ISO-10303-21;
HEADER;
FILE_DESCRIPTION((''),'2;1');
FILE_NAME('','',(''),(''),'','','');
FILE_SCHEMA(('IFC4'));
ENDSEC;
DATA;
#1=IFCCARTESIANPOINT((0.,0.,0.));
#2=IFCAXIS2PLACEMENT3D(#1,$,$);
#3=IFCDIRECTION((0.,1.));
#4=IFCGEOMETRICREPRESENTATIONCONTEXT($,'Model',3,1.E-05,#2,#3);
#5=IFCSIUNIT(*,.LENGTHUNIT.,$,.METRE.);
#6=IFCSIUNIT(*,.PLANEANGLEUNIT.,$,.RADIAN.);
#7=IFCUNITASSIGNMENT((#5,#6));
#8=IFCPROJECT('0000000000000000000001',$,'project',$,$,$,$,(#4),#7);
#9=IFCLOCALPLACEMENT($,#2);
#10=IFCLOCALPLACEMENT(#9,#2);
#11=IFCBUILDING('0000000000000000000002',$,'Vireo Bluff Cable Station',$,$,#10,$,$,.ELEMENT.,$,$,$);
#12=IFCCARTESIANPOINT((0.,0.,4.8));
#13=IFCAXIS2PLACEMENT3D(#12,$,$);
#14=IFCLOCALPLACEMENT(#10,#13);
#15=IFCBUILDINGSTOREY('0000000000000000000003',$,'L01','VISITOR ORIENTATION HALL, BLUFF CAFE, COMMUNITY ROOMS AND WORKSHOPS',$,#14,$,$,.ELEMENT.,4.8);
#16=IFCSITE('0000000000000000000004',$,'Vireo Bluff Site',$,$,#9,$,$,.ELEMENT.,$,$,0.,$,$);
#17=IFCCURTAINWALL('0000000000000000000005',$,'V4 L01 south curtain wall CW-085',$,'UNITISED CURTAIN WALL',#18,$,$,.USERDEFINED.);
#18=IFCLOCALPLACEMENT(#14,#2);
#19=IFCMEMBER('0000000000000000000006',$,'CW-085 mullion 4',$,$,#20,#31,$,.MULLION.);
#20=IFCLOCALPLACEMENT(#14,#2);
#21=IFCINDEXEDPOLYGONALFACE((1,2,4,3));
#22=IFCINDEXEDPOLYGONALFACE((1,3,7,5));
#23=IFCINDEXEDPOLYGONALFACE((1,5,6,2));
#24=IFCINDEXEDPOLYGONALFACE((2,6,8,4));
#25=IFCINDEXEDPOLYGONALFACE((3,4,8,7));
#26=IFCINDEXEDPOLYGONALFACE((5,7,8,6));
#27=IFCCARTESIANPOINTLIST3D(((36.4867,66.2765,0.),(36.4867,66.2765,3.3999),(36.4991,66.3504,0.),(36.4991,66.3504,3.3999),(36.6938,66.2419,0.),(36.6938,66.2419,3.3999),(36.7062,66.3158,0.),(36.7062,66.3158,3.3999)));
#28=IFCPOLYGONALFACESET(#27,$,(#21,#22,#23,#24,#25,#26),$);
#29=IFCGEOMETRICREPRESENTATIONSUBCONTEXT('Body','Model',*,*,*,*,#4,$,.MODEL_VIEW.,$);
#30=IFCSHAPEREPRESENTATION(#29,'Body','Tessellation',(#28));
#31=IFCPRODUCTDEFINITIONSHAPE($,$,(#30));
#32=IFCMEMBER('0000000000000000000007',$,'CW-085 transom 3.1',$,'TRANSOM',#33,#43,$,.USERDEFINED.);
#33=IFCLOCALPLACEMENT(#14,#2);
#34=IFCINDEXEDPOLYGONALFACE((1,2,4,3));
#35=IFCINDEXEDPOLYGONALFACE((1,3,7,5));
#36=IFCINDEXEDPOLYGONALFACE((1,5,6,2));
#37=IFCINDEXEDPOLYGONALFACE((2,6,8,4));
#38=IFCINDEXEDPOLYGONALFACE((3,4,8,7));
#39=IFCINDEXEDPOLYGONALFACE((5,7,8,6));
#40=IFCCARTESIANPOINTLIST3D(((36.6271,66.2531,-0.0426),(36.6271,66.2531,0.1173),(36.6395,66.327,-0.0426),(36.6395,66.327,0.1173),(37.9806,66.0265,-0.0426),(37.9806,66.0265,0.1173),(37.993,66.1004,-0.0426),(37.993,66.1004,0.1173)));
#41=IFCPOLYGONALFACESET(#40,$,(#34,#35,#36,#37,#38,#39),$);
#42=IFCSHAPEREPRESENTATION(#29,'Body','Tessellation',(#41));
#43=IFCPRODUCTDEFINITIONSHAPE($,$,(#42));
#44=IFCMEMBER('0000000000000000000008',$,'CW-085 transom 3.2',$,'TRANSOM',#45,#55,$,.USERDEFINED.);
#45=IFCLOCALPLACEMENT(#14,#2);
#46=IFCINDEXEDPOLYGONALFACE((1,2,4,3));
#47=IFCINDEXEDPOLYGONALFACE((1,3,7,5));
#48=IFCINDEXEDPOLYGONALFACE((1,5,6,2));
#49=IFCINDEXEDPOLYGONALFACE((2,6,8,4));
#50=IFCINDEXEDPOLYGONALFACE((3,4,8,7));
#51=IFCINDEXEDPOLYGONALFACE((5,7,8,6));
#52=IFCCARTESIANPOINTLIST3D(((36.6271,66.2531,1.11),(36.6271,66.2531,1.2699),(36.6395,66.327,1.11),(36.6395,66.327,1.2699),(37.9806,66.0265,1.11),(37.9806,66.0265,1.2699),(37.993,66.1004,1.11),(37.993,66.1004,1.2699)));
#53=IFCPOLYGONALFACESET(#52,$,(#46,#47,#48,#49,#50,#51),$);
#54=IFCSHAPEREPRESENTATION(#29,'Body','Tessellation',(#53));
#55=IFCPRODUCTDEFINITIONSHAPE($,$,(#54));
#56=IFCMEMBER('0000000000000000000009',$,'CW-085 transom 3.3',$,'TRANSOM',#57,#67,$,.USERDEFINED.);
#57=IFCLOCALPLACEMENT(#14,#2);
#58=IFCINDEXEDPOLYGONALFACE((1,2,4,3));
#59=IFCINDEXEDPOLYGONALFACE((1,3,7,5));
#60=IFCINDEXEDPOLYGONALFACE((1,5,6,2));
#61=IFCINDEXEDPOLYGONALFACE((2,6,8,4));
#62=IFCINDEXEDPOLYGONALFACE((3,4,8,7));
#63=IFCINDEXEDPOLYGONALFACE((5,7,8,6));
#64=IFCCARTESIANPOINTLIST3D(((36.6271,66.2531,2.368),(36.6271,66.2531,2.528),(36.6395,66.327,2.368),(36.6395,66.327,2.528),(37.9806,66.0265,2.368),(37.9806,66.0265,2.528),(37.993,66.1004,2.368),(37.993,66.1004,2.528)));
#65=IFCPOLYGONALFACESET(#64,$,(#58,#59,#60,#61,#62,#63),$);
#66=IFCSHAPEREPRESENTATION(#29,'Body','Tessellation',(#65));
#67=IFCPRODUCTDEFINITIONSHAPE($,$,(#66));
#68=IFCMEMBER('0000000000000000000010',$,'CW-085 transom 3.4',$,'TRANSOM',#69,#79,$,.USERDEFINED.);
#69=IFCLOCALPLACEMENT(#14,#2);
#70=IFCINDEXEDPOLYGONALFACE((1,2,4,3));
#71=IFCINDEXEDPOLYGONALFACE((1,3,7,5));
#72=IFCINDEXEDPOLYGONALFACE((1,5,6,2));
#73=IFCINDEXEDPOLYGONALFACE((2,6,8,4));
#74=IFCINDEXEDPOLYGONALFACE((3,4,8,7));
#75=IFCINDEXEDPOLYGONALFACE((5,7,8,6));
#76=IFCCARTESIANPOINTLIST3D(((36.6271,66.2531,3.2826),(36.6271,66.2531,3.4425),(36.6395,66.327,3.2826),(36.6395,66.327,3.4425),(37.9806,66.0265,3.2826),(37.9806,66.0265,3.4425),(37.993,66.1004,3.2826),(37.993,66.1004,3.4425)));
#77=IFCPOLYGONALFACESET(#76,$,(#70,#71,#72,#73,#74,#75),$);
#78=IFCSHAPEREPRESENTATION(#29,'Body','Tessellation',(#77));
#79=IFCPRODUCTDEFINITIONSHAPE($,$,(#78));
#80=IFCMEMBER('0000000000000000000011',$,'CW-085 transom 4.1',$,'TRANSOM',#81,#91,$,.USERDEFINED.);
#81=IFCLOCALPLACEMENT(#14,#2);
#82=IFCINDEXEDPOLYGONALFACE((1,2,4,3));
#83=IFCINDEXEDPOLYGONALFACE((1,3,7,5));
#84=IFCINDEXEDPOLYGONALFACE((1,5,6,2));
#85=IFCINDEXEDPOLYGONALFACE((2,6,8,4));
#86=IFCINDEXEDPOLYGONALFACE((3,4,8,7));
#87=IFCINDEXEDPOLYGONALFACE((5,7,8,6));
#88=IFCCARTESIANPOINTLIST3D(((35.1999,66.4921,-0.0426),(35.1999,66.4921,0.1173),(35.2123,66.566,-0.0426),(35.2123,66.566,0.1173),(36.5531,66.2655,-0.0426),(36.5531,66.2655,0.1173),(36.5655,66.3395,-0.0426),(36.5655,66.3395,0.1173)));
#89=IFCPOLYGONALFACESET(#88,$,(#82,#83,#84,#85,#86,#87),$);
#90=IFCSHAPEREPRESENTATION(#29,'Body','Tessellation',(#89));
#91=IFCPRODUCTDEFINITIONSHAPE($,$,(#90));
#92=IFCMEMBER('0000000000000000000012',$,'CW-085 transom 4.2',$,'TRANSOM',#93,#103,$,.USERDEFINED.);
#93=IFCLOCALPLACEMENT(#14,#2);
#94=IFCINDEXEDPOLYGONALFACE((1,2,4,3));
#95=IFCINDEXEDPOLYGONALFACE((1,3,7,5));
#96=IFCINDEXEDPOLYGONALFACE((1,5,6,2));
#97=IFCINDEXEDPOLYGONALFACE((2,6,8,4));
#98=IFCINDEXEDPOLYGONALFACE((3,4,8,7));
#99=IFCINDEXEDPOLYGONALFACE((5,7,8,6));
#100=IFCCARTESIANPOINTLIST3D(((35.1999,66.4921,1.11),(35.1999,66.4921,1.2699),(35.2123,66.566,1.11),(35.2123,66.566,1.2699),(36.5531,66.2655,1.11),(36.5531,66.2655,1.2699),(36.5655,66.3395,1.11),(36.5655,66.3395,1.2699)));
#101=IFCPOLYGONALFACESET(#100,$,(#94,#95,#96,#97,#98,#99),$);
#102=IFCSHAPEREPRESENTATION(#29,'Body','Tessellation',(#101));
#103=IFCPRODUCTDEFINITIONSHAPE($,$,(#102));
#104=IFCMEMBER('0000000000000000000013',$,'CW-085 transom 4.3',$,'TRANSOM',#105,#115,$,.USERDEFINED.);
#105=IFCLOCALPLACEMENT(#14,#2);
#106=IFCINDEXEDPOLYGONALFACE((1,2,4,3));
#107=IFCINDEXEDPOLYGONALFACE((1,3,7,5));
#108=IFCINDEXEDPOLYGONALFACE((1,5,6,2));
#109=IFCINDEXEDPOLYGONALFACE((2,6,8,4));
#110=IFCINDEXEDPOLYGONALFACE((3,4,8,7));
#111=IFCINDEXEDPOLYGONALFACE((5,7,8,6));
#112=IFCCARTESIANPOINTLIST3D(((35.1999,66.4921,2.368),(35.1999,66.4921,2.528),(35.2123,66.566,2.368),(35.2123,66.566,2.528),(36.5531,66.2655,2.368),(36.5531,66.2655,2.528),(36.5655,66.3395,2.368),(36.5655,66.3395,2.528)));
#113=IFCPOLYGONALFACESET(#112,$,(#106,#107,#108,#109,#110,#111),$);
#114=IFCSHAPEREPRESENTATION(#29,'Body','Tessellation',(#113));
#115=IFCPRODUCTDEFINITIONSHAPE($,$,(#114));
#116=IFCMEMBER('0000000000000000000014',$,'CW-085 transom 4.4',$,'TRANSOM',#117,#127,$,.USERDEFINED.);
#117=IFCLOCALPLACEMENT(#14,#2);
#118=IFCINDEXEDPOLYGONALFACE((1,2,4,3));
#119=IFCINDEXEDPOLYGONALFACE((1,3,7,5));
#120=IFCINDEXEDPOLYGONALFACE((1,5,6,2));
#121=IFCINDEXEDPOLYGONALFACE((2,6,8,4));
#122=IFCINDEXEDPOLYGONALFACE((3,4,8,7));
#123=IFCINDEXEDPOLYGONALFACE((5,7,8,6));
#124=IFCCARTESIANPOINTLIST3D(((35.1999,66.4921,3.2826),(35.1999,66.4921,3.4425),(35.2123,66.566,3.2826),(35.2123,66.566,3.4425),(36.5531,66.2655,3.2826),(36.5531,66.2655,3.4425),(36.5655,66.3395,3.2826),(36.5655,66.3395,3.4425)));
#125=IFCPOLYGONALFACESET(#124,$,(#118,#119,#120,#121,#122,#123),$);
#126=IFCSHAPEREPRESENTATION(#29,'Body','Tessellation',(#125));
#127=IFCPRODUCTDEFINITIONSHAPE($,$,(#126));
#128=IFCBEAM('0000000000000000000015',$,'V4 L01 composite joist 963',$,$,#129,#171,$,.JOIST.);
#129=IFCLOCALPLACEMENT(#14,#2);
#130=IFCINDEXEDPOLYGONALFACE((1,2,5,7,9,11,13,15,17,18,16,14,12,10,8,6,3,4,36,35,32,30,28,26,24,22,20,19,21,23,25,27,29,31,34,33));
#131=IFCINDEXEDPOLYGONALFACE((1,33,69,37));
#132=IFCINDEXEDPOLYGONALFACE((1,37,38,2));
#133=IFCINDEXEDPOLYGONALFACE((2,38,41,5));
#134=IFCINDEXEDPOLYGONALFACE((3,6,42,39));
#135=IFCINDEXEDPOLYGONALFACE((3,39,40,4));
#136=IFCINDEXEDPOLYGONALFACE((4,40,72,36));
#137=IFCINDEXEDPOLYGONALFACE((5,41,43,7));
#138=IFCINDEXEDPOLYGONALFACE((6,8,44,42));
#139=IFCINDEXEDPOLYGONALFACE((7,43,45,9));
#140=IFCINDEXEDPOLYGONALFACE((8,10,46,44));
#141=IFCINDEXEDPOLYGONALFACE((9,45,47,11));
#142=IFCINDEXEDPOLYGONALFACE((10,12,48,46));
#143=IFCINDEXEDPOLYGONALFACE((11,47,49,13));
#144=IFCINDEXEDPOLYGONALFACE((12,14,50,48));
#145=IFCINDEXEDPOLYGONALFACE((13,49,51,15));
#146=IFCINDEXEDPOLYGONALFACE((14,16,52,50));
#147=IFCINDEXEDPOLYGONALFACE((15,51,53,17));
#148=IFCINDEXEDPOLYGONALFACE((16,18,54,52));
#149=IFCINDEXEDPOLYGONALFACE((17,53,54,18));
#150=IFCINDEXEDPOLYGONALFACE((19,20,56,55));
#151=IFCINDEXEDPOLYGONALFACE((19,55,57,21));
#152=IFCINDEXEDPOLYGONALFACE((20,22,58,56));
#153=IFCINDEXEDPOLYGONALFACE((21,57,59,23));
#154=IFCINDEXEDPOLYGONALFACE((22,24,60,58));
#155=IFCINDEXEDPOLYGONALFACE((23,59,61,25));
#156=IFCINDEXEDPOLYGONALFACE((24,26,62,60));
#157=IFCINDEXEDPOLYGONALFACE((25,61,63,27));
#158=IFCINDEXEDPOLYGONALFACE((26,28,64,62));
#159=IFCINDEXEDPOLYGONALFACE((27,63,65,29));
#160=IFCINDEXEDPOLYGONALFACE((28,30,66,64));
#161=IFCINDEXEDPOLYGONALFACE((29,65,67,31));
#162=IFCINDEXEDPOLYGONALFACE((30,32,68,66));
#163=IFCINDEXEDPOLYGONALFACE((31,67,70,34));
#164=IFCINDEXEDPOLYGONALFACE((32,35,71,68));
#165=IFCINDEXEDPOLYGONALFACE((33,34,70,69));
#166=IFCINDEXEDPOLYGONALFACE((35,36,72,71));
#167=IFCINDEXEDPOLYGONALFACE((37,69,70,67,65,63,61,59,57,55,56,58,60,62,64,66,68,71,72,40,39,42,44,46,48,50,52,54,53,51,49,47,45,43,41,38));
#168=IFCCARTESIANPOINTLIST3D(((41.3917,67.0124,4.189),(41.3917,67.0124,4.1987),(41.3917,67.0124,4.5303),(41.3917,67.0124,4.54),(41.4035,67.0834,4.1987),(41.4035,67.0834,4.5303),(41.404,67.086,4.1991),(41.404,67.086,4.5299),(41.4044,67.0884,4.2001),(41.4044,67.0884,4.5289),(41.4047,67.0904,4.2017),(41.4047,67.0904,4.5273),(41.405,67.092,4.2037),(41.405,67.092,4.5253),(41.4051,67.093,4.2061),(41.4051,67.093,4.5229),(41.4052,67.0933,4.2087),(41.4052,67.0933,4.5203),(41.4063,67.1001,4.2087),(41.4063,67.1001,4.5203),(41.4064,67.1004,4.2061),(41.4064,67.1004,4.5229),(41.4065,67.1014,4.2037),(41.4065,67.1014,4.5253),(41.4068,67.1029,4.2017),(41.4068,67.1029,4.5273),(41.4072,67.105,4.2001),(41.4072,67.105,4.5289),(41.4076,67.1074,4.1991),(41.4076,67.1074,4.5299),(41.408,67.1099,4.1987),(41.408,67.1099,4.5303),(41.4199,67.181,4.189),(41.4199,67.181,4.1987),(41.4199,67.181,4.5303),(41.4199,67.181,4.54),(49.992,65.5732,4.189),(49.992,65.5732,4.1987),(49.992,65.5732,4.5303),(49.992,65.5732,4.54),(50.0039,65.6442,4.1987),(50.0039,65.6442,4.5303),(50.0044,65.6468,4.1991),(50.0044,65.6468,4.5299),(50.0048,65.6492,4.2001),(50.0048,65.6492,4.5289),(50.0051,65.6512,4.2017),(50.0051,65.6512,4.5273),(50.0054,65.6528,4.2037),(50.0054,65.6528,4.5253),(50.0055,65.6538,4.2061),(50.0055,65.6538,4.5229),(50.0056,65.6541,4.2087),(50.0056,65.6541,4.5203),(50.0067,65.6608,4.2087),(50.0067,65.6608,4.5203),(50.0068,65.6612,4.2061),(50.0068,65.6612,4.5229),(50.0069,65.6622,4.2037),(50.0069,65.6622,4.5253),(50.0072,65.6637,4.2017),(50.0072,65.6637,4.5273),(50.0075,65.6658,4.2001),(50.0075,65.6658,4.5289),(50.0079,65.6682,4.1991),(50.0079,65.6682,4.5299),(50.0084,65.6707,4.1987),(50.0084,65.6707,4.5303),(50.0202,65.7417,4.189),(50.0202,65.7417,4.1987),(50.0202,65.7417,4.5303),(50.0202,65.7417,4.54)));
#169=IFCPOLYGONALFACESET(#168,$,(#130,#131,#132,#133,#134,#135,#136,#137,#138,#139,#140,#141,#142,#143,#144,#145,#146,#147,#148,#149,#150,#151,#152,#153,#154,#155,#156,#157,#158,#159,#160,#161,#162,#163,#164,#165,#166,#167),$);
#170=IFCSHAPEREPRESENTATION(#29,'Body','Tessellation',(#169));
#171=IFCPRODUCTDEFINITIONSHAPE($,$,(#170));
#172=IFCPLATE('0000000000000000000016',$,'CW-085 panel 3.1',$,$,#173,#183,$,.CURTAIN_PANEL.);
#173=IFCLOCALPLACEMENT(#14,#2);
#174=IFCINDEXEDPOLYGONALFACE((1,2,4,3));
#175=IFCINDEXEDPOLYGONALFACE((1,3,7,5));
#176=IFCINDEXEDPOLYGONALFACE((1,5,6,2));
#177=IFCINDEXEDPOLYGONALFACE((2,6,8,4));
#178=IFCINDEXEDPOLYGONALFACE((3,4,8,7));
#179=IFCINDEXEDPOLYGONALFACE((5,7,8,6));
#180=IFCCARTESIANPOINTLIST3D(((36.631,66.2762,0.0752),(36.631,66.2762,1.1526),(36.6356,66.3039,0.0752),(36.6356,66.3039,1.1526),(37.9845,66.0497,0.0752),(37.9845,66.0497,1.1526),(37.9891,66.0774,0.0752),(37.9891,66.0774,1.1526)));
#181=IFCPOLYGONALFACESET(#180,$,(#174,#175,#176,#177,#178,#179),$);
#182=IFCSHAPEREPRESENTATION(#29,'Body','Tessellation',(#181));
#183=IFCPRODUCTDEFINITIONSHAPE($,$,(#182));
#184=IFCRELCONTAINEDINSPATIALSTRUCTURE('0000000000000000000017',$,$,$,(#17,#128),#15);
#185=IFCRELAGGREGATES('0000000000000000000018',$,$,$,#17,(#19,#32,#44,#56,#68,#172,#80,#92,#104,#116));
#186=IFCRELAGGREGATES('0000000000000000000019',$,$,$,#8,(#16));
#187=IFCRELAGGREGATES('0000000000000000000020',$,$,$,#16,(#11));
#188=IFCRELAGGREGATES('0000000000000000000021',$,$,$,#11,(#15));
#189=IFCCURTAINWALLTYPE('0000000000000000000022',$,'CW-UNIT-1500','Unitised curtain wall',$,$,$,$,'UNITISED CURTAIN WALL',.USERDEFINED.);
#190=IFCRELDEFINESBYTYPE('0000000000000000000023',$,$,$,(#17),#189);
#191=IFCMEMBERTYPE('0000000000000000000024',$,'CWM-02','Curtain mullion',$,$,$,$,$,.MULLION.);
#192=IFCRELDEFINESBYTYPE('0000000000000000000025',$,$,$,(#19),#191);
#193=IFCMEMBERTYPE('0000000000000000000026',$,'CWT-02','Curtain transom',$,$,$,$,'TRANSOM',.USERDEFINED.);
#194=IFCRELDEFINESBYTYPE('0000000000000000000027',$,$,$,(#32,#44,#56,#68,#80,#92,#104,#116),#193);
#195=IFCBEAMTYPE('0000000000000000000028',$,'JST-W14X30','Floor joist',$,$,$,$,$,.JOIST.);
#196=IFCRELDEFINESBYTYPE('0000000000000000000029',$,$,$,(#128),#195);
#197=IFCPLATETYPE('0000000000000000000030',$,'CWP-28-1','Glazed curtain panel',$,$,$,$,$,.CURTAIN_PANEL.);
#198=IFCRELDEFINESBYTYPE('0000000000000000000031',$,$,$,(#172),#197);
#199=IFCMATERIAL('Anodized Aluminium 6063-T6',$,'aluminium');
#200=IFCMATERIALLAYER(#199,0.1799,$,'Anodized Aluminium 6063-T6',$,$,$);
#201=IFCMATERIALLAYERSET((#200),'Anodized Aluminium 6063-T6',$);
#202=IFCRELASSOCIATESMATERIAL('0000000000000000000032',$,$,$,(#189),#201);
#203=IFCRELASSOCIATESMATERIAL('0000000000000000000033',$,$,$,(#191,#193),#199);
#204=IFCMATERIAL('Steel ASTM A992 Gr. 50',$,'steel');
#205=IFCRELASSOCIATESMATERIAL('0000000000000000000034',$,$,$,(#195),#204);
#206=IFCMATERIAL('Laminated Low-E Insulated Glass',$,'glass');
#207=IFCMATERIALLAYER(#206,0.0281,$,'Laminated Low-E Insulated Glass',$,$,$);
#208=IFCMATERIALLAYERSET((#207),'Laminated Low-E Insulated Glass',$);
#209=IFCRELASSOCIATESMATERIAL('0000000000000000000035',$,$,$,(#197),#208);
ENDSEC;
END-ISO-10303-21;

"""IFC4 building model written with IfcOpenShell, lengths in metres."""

from ifc_helpers import new_model, si_unit, direction, frame, origin, origin_2d, place, context, subcontext, project, spatial, rectangle, i_section, extrude, material, layer, layer_set, material_profile, profile_set, type_object, element, aggregate, save


model = new_model("IFC4")

# Units and contexts
model_context = context("Model", 3, precision=1e-05, world=origin(), true_north=direction((0.0, 1.0)))
body_context = subcontext(model_context, "Body", "Model", "MODEL_VIEW")
ifc_project = project(units=[si_unit("LENGTHUNIT", "METRE"), si_unit("PLANEANGLEUNIT", "RADIAN")], contexts=[model_context])

# Site, building, storey
site_placement = place(None, origin())
site = spatial("IfcSite", under=ifc_project, at=site_placement, Name="Vireo Bluff Site", CompositionType="ELEMENT", RefElevation=0.0)
building_placement = place(site_placement, origin())
building = spatial("IfcBuilding", under=site, at=building_placement, Name="Vireo Bluff Cable Station", CompositionType="ELEMENT")
storey_placement = place(building_placement, frame((0.0, 0.0, 4.8)))
storey = spatial("IfcBuildingStorey", under=building, at=storey_placement, Name="L01", Description="VISITOR ORIENTATION HALL, BLUFF CAFE, COMMUNITY ROOMS AND WORKSHOPS", CompositionType="ELEMENT", Elevation=4.8)

# Shared definitions
ifc_material_1 = material(Name="Steel ASTM A992 Gr. 50", Category="steel")

# Curtain wall, members
ifc_material_2 = material(Name="Anodized Aluminium 6063-T6", Category="aluminium")
ifc_layer_1 = layer(ifc_material_2, 0.1799, Name="Anodized Aluminium 6063-T6")
ifc_layer_set_1 = layer_set([ifc_layer_1], Name="Anodized Aluminium 6063-T6")
curtain_wall_type = type_object("IfcCurtainWallType", Name="CW-UNIT-1500", Description="Unitised curtain wall", ElementType="UNITISED CURTAIN WALL", PredefinedType="USERDEFINED", material=ifc_layer_set_1)
curtain_wall_placement = place(storey_placement, origin())
curtain_wall = element("IfcCurtainWall", 1, at=curtain_wall_placement, inside=storey, type_object=curtain_wall_type, Name="V4 L01 south curtain wall CW-085", ObjectType="UNITISED CURTAIN WALL", PredefinedType="USERDEFINED")
ifc_material_profile_1 = material_profile(ifc_material_2, rectangle(XDim=0.075, YDim=0.21, at=origin_2d()), Name="ALU-M-75X210")
ifc_profile_set_1 = profile_set([ifc_material_profile_1], Name="Anodized Aluminium 6063-T6")
member_type_1 = type_object("IfcMemberType", Name="CWM-02", Description="Curtain mullion", PredefinedType="MULLION", material=ifc_profile_set_1)
member_1_placement = place(storey_placement, frame((36.5964, 66.2961, 0.0), z_axis=(0.0, 0.0, 1.0), x_axis=(-0.165048, -0.986286, 0.0)))
member_1 = element("IfcMember", 2, at=member_1_placement, type_object=member_type_1, Name="CW-085 mullion 4", PredefinedType="MULLION", context=body_context, shape_type="SweptSolid", body=[
    extrude(rectangle(XDim=0.075, YDim=0.21, at=origin_2d()), origin(), (0.0, 0.0, 1.0), 3.3999),
])
ifc_material_profile_2 = material_profile(ifc_material_2, rectangle(XDim=0.075, YDim=0.1599, at=origin_2d()), Name="ALU-T-75X160")
ifc_profile_set_2 = profile_set([ifc_material_profile_2], Name="Anodized Aluminium 6063-T6")
member_type_2 = type_object("IfcMemberType", Name="CWT-02", Description="Curtain transom", ElementType="TRANSOM", PredefinedType="USERDEFINED", material=ifc_profile_set_2)
member_2_placement = place(storey_placement, frame((37.9868, 66.0635, 0.0374), z_axis=(-0.986278, 0.165091, 0.0), x_axis=(-0.165091, -0.986278, 0.0)))
member_2 = element("IfcMember", 3, at=member_2_placement, type_object=member_type_2, Name="CW-085 transom 3.1", ObjectType="TRANSOM", PredefinedType="USERDEFINED", context=body_context, shape_type="SweptSolid", body=[
    extrude(rectangle(XDim=0.075, YDim=0.1599, at=origin_2d()), origin(), (0.0, 0.0, 1.0), 1.3723),
])
member_3_placement = place(storey_placement, frame((37.9868, 66.0635, 1.1899), z_axis=(-0.986278, 0.165091, 0.0), x_axis=(-0.165091, -0.986278, 0.0)))
member_3 = element("IfcMember", 4, at=member_3_placement, type_object=member_type_2, Name="CW-085 transom 3.2", ObjectType="TRANSOM", PredefinedType="USERDEFINED", context=body_context, shape_type="SweptSolid", body=[
    extrude(rectangle(XDim=0.075, YDim=0.1599, at=origin_2d()), origin(), (0.0, 0.0, 1.0), 1.3723),
])
member_4_placement = place(storey_placement, frame((37.9868, 66.0635, 2.448), z_axis=(-0.986278, 0.165091, 0.0), x_axis=(-0.165091, -0.986278, 0.0)))
member_4 = element("IfcMember", 5, at=member_4_placement, type_object=member_type_2, Name="CW-085 transom 3.3", ObjectType="TRANSOM", PredefinedType="USERDEFINED", context=body_context, shape_type="SweptSolid", body=[
    extrude(rectangle(XDim=0.075, YDim=0.1599, at=origin_2d()), origin(), (0.0, 0.0, 1.0), 1.3723),
])
member_5_placement = place(storey_placement, frame((37.9868, 66.0635, 3.3625), z_axis=(-0.986278, 0.165091, 0.0), x_axis=(-0.165091, -0.986278, 0.0)))
member_5 = element("IfcMember", 6, at=member_5_placement, type_object=member_type_2, Name="CW-085 transom 3.4", ObjectType="TRANSOM", PredefinedType="USERDEFINED", context=body_context, shape_type="SweptSolid", body=[
    extrude(rectangle(XDim=0.075, YDim=0.1599, at=origin_2d()), origin(), (0.0, 0.0, 1.0), 1.3723),
])
member_6_placement = place(storey_placement, frame((36.5593, 66.3025, 0.0374), z_axis=(-0.986273, 0.16512, 0.0), x_axis=(-0.16512, -0.986273, 0.0)))
member_6 = element("IfcMember", 7, at=member_6_placement, type_object=member_type_2, Name="CW-085 transom 4.1", ObjectType="TRANSOM", PredefinedType="USERDEFINED", context=body_context, shape_type="SweptSolid", body=[
    extrude(rectangle(XDim=0.075, YDim=0.1599, at=origin_2d()), origin(), (0.0, 0.0, 1.0), 1.3721),
])
member_7_placement = place(storey_placement, frame((36.5593, 66.3025, 1.1899), z_axis=(-0.986273, 0.16512, 0.0), x_axis=(-0.16512, -0.986273, 0.0)))
member_7 = element("IfcMember", 8, at=member_7_placement, type_object=member_type_2, Name="CW-085 transom 4.2", ObjectType="TRANSOM", PredefinedType="USERDEFINED", context=body_context, shape_type="SweptSolid", body=[
    extrude(rectangle(XDim=0.075, YDim=0.1599, at=origin_2d()), origin(), (0.0, 0.0, 1.0), 1.3721),
])
member_8_placement = place(storey_placement, frame((36.5593, 66.3025, 2.448), z_axis=(-0.986273, 0.16512, 0.0), x_axis=(-0.16512, -0.986273, 0.0)))
member_8 = element("IfcMember", 9, at=member_8_placement, type_object=member_type_2, Name="CW-085 transom 4.3", ObjectType="TRANSOM", PredefinedType="USERDEFINED", context=body_context, shape_type="SweptSolid", body=[
    extrude(rectangle(XDim=0.075, YDim=0.1599, at=origin_2d()), origin(), (0.0, 0.0, 1.0), 1.3721),
])
member_9_placement = place(storey_placement, frame((36.5593, 66.3025, 3.3625), z_axis=(-0.986273, 0.16512, 0.0), x_axis=(-0.16512, -0.986273, 0.0)))
member_9 = element("IfcMember", 10, at=member_9_placement, type_object=member_type_2, Name="CW-085 transom 4.4", ObjectType="TRANSOM", PredefinedType="USERDEFINED", context=body_context, shape_type="SweptSolid", body=[
    extrude(rectangle(XDim=0.075, YDim=0.1599, at=origin_2d()), origin(), (0.0, 0.0, 1.0), 1.3721),
])

# Beam
ifc_material_profile_3 = material_profile(ifc_material_1, i_section(OverallWidth=0.1709, OverallDepth=0.3511, WebThickness=0.0068, FlangeThickness=0.0098, FilletRadius=0.01, at=origin_2d()), Name="W14X30")
ifc_profile_set_3 = profile_set([ifc_material_profile_3], Name="Steel ASTM A992 Gr. 50")
beam_type_1 = type_object("IfcBeamType", Name="JST-W14X30", Description="Floor joist", PredefinedType="JOIST", material=ifc_profile_set_3)
beam_placement = place(storey_placement, frame((41.4058, 67.0967, 4.3645), z_axis=(0.986286, -0.165048, 0.0), x_axis=(0.165048, 0.986286, 0.0)))
element("IfcBeam", 11, at=beam_placement, inside=storey, type_object=beam_type_1, Name="V4 L01 composite joist 963", PredefinedType="JOIST", context=body_context, shape_type="SweptSolid", body=[
    extrude(i_section(OverallWidth=0.1709, OverallDepth=0.3511, WebThickness=0.0068, FlangeThickness=0.0098, FilletRadius=0.01, at=origin_2d()), origin(), (0.0, 0.0, 1.0), 8.72),
])

# Plate
ifc_material_3 = material(Name="Laminated Low-E Insulated Glass", Category="glass")
ifc_layer_2 = layer(ifc_material_3, 0.0281, Name="Laminated Low-E Insulated Glass")
ifc_layer_set_2 = layer_set([ifc_layer_2], Name="Laminated Low-E Insulated Glass")
plate_type = type_object("IfcPlateType", Name="CWP-28-1", Description="Glazed curtain panel", PredefinedType="CURTAIN_PANEL", material=ifc_layer_set_2)
plate_1_placement = place(storey_placement, frame((37.3101, 66.1768, 0.0752), z_axis=(0.0, 0.0, 1.0), x_axis=(-0.986286, 0.165048, 0.0)))
plate_1 = element("IfcPlate", 12, at=plate_1_placement, type_object=plate_type, Name="CW-085 panel 3.1", PredefinedType="CURTAIN_PANEL", context=body_context, shape_type="SweptSolid", body=[
    extrude(rectangle(XDim=1.3723, YDim=0.0281, at=origin_2d()), origin(), (0.0, 0.0, 1.0), 1.0774),
])
aggregate(curtain_wall, [member_1, member_2, member_3, member_4, member_5, plate_1, member_6, member_7, member_8, member_9])

save(model, "model.ifc")
